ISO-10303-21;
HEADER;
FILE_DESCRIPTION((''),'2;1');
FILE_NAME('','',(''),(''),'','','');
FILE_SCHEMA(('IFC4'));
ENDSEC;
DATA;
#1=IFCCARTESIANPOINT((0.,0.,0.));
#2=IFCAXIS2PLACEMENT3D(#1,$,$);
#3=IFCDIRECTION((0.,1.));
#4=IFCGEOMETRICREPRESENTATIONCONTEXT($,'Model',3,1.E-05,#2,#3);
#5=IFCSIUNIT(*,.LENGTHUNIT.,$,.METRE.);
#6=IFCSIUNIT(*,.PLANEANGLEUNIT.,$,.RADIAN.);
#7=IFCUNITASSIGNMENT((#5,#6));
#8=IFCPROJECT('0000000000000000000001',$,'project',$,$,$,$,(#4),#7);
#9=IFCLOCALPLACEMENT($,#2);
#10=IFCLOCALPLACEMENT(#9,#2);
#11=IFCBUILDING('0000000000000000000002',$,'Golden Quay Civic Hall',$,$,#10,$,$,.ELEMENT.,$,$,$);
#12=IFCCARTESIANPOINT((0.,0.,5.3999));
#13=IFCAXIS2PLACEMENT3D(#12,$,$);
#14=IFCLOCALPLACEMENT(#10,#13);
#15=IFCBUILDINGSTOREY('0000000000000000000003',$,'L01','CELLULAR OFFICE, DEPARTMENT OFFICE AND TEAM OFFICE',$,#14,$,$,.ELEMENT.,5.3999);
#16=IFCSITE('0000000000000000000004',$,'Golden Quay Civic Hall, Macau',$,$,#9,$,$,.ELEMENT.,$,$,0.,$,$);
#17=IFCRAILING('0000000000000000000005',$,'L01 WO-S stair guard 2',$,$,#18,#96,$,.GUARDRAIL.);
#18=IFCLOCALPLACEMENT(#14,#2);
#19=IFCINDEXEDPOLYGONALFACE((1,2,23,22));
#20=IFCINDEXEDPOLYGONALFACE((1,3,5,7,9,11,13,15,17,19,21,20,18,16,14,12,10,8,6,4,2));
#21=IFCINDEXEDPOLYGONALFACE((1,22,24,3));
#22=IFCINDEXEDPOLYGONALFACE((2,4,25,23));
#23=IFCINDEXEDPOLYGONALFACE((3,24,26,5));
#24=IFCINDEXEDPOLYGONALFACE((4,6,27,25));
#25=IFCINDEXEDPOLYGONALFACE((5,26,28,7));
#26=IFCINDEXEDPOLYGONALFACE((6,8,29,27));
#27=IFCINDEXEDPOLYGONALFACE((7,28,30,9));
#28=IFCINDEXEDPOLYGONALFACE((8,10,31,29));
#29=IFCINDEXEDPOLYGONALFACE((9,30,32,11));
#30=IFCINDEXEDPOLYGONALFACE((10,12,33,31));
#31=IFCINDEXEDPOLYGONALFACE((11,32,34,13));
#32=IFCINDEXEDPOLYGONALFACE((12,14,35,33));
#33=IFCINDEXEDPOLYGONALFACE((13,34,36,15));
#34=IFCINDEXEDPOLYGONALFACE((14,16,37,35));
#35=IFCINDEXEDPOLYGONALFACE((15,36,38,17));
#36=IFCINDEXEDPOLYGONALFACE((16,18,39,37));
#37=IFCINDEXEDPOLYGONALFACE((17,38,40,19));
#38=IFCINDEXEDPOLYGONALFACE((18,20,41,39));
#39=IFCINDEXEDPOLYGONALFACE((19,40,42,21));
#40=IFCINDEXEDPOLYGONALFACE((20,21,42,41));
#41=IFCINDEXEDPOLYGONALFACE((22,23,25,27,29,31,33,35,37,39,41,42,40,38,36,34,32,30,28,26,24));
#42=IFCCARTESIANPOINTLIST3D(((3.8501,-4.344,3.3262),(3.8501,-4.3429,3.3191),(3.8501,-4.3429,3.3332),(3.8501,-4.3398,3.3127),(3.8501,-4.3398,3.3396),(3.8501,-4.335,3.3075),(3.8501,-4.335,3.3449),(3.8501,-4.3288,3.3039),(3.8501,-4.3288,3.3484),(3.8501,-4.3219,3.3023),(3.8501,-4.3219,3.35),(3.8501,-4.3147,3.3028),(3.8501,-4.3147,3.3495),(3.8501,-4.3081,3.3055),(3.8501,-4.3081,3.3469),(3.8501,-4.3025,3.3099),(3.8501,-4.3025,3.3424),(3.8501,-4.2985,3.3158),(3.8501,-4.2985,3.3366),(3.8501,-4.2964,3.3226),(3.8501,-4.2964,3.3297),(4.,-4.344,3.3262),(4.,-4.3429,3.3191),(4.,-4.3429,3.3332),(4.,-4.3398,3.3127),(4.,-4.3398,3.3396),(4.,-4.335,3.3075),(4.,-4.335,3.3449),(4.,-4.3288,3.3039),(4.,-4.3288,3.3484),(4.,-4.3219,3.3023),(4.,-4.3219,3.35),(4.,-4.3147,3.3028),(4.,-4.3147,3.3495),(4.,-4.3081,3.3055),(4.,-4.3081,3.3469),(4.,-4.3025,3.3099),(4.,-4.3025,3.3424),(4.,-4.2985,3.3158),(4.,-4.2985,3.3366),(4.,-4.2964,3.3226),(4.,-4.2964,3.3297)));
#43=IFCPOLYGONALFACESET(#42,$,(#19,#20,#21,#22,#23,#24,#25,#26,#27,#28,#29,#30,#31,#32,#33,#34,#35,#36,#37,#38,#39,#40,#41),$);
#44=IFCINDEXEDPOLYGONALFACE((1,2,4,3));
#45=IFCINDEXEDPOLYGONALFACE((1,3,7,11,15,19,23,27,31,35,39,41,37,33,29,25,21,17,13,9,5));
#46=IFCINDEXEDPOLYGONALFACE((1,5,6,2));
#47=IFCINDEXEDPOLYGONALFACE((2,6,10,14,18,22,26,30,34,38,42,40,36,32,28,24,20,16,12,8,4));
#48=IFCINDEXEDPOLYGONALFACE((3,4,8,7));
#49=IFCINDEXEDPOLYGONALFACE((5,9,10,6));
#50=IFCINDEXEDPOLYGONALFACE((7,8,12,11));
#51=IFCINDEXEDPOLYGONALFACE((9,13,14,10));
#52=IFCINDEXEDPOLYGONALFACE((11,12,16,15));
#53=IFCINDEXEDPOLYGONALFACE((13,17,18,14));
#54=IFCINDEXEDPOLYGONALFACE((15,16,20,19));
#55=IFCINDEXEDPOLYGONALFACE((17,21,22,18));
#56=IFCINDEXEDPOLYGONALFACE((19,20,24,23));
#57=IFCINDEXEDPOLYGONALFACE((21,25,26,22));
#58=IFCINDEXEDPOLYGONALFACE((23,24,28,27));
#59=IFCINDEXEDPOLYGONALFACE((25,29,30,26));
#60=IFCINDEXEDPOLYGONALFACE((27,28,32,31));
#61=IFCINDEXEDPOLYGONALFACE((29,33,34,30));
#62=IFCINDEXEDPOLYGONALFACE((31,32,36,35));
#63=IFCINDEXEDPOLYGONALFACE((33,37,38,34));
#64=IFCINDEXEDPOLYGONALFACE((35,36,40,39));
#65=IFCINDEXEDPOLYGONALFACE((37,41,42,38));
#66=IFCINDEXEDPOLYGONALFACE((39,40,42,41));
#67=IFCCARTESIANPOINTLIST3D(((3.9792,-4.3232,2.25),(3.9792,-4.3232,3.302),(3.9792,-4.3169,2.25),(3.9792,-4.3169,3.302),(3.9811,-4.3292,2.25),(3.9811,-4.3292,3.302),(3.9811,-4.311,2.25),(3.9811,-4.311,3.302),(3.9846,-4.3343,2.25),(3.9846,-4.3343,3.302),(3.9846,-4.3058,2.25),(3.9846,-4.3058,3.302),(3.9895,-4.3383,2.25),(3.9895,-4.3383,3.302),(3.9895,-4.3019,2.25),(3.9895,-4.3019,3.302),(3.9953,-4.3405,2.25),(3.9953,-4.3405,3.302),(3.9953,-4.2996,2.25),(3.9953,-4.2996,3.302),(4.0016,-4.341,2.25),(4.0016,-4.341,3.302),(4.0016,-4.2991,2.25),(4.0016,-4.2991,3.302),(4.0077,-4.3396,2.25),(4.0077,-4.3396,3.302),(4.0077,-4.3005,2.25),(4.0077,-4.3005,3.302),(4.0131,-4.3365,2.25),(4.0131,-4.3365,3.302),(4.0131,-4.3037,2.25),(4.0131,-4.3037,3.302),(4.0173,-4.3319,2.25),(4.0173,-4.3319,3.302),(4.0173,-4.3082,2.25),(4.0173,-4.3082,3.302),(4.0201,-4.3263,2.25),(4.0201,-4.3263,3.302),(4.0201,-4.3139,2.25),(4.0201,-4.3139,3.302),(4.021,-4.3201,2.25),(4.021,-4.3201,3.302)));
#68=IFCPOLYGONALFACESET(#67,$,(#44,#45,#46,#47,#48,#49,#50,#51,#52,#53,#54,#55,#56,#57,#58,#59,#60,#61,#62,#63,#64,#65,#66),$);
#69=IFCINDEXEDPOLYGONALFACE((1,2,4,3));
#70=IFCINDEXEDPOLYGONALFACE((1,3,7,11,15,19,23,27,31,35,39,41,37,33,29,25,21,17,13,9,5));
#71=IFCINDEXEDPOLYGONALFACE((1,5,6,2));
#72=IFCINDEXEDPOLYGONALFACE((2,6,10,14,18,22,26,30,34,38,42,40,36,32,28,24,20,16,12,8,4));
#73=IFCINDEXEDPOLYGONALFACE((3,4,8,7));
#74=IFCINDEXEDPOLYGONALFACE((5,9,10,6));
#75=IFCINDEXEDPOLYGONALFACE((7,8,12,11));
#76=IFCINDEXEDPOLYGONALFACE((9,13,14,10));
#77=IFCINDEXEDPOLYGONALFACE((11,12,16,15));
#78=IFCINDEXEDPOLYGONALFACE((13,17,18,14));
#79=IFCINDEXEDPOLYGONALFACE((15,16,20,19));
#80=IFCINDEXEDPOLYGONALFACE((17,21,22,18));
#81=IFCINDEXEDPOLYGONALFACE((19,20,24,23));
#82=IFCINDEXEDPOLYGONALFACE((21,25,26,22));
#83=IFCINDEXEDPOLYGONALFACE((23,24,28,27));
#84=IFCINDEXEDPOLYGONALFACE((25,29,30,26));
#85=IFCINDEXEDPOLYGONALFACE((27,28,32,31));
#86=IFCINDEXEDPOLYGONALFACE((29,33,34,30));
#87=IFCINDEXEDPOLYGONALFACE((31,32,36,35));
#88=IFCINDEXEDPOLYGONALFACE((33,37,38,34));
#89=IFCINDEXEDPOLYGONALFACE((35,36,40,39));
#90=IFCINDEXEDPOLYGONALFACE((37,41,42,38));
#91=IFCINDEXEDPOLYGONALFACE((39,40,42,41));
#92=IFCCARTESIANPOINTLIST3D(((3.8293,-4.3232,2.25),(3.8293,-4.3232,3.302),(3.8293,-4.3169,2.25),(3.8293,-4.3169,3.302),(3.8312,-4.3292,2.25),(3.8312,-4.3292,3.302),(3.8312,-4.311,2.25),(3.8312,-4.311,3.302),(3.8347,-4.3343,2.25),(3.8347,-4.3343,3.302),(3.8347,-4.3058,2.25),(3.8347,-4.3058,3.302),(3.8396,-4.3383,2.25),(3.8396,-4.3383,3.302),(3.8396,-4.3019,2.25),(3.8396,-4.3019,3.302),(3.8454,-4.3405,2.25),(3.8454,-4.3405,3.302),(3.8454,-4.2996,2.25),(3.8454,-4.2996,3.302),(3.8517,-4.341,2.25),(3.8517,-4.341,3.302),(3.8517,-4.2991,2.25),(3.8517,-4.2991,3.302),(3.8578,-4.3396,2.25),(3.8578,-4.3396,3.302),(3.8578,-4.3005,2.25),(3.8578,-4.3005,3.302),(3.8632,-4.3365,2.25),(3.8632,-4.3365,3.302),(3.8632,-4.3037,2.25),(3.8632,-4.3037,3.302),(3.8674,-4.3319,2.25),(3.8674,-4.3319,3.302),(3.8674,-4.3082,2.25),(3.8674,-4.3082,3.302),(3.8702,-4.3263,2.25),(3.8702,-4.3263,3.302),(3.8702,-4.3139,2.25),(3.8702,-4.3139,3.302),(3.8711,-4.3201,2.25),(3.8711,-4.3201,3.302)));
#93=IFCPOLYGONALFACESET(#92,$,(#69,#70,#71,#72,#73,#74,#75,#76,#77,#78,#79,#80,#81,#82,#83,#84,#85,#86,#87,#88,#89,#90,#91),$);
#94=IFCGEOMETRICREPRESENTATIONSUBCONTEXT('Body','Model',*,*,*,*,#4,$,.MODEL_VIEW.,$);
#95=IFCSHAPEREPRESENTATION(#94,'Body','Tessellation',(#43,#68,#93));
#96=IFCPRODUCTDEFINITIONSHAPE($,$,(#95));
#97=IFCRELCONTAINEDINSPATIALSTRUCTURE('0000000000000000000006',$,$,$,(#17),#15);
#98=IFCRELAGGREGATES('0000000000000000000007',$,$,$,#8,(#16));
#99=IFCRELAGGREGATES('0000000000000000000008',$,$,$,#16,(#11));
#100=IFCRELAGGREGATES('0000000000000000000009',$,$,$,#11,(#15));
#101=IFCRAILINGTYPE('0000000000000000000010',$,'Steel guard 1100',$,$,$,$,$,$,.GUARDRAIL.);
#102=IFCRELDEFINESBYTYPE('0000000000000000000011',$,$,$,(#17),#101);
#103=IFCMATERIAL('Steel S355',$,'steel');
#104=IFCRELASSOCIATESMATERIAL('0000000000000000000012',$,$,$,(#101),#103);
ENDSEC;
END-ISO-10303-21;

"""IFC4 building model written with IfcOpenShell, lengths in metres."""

from ifc_helpers import new_model, si_unit, direction, frame, origin, origin_2d, place, context, subcontext, project, spatial, circle, extrude, material, type_object, element, save


model = new_model("IFC4")

# Units and contexts
model_context = context("Model", 3, precision=1e-05, world=origin(), true_north=direction((0.0, 1.0)))
body_context = subcontext(model_context, "Body", "Model", "MODEL_VIEW")
ifc_project = project(units=[si_unit("LENGTHUNIT", "METRE"), si_unit("PLANEANGLEUNIT", "RADIAN")], contexts=[model_context])

# Site, building, storey
site_placement = place(None, origin())
site = spatial("IfcSite", under=ifc_project, at=site_placement, Name="Golden Quay Civic Hall, Macau", CompositionType="ELEMENT", RefElevation=0.0)
building_placement = place(site_placement, origin())
building = spatial("IfcBuilding", under=site, at=building_placement, Name="Golden Quay Civic Hall", CompositionType="ELEMENT")
storey_placement = place(building_placement, frame((0.0, 0.0, 5.3999)))
storey = spatial("IfcBuildingStorey", under=building, at=storey_placement, Name="L01", Description="CELLULAR OFFICE, DEPARTMENT OFFICE AND TEAM OFFICE", CompositionType="ELEMENT", Elevation=5.3999)

# Railing
ifc_material_1 = material(Name="Steel S355", Category="steel")
railing_type_1 = type_object("IfcRailingType", Name="Steel guard 1100", PredefinedType="GUARDRAIL", material=ifc_material_1)
railing_1_placement = place(storey_placement, frame((4.0, -4.3201, 2.25)))
element("IfcRailing", 1, at=railing_1_placement, inside=storey, type_object=railing_type_1, Name="L01 WO-S stair guard 2", PredefinedType="GUARDRAIL", context=body_context, shape_type="SweptSolid", body=[
    extrude(circle(Radius=0.0239, at=origin_2d()), frame((0.0, 0.0, 1.0762), z_axis=(-1.0, 0.0, 0.0), x_axis=(0.0, -1.0, 0.0)), (0.0, 0.0, 1.0), 0.1499),
    extrude(circle(Radius=0.021, at=origin_2d()), origin(), (0.0, 0.0, 1.0), 1.052),
    extrude(circle(Radius=0.021, at=origin_2d()), frame((-0.1499, 0.0, 0.0)), (0.0, 0.0, 1.0), 1.052),
])

save(model, "model.ifc")
